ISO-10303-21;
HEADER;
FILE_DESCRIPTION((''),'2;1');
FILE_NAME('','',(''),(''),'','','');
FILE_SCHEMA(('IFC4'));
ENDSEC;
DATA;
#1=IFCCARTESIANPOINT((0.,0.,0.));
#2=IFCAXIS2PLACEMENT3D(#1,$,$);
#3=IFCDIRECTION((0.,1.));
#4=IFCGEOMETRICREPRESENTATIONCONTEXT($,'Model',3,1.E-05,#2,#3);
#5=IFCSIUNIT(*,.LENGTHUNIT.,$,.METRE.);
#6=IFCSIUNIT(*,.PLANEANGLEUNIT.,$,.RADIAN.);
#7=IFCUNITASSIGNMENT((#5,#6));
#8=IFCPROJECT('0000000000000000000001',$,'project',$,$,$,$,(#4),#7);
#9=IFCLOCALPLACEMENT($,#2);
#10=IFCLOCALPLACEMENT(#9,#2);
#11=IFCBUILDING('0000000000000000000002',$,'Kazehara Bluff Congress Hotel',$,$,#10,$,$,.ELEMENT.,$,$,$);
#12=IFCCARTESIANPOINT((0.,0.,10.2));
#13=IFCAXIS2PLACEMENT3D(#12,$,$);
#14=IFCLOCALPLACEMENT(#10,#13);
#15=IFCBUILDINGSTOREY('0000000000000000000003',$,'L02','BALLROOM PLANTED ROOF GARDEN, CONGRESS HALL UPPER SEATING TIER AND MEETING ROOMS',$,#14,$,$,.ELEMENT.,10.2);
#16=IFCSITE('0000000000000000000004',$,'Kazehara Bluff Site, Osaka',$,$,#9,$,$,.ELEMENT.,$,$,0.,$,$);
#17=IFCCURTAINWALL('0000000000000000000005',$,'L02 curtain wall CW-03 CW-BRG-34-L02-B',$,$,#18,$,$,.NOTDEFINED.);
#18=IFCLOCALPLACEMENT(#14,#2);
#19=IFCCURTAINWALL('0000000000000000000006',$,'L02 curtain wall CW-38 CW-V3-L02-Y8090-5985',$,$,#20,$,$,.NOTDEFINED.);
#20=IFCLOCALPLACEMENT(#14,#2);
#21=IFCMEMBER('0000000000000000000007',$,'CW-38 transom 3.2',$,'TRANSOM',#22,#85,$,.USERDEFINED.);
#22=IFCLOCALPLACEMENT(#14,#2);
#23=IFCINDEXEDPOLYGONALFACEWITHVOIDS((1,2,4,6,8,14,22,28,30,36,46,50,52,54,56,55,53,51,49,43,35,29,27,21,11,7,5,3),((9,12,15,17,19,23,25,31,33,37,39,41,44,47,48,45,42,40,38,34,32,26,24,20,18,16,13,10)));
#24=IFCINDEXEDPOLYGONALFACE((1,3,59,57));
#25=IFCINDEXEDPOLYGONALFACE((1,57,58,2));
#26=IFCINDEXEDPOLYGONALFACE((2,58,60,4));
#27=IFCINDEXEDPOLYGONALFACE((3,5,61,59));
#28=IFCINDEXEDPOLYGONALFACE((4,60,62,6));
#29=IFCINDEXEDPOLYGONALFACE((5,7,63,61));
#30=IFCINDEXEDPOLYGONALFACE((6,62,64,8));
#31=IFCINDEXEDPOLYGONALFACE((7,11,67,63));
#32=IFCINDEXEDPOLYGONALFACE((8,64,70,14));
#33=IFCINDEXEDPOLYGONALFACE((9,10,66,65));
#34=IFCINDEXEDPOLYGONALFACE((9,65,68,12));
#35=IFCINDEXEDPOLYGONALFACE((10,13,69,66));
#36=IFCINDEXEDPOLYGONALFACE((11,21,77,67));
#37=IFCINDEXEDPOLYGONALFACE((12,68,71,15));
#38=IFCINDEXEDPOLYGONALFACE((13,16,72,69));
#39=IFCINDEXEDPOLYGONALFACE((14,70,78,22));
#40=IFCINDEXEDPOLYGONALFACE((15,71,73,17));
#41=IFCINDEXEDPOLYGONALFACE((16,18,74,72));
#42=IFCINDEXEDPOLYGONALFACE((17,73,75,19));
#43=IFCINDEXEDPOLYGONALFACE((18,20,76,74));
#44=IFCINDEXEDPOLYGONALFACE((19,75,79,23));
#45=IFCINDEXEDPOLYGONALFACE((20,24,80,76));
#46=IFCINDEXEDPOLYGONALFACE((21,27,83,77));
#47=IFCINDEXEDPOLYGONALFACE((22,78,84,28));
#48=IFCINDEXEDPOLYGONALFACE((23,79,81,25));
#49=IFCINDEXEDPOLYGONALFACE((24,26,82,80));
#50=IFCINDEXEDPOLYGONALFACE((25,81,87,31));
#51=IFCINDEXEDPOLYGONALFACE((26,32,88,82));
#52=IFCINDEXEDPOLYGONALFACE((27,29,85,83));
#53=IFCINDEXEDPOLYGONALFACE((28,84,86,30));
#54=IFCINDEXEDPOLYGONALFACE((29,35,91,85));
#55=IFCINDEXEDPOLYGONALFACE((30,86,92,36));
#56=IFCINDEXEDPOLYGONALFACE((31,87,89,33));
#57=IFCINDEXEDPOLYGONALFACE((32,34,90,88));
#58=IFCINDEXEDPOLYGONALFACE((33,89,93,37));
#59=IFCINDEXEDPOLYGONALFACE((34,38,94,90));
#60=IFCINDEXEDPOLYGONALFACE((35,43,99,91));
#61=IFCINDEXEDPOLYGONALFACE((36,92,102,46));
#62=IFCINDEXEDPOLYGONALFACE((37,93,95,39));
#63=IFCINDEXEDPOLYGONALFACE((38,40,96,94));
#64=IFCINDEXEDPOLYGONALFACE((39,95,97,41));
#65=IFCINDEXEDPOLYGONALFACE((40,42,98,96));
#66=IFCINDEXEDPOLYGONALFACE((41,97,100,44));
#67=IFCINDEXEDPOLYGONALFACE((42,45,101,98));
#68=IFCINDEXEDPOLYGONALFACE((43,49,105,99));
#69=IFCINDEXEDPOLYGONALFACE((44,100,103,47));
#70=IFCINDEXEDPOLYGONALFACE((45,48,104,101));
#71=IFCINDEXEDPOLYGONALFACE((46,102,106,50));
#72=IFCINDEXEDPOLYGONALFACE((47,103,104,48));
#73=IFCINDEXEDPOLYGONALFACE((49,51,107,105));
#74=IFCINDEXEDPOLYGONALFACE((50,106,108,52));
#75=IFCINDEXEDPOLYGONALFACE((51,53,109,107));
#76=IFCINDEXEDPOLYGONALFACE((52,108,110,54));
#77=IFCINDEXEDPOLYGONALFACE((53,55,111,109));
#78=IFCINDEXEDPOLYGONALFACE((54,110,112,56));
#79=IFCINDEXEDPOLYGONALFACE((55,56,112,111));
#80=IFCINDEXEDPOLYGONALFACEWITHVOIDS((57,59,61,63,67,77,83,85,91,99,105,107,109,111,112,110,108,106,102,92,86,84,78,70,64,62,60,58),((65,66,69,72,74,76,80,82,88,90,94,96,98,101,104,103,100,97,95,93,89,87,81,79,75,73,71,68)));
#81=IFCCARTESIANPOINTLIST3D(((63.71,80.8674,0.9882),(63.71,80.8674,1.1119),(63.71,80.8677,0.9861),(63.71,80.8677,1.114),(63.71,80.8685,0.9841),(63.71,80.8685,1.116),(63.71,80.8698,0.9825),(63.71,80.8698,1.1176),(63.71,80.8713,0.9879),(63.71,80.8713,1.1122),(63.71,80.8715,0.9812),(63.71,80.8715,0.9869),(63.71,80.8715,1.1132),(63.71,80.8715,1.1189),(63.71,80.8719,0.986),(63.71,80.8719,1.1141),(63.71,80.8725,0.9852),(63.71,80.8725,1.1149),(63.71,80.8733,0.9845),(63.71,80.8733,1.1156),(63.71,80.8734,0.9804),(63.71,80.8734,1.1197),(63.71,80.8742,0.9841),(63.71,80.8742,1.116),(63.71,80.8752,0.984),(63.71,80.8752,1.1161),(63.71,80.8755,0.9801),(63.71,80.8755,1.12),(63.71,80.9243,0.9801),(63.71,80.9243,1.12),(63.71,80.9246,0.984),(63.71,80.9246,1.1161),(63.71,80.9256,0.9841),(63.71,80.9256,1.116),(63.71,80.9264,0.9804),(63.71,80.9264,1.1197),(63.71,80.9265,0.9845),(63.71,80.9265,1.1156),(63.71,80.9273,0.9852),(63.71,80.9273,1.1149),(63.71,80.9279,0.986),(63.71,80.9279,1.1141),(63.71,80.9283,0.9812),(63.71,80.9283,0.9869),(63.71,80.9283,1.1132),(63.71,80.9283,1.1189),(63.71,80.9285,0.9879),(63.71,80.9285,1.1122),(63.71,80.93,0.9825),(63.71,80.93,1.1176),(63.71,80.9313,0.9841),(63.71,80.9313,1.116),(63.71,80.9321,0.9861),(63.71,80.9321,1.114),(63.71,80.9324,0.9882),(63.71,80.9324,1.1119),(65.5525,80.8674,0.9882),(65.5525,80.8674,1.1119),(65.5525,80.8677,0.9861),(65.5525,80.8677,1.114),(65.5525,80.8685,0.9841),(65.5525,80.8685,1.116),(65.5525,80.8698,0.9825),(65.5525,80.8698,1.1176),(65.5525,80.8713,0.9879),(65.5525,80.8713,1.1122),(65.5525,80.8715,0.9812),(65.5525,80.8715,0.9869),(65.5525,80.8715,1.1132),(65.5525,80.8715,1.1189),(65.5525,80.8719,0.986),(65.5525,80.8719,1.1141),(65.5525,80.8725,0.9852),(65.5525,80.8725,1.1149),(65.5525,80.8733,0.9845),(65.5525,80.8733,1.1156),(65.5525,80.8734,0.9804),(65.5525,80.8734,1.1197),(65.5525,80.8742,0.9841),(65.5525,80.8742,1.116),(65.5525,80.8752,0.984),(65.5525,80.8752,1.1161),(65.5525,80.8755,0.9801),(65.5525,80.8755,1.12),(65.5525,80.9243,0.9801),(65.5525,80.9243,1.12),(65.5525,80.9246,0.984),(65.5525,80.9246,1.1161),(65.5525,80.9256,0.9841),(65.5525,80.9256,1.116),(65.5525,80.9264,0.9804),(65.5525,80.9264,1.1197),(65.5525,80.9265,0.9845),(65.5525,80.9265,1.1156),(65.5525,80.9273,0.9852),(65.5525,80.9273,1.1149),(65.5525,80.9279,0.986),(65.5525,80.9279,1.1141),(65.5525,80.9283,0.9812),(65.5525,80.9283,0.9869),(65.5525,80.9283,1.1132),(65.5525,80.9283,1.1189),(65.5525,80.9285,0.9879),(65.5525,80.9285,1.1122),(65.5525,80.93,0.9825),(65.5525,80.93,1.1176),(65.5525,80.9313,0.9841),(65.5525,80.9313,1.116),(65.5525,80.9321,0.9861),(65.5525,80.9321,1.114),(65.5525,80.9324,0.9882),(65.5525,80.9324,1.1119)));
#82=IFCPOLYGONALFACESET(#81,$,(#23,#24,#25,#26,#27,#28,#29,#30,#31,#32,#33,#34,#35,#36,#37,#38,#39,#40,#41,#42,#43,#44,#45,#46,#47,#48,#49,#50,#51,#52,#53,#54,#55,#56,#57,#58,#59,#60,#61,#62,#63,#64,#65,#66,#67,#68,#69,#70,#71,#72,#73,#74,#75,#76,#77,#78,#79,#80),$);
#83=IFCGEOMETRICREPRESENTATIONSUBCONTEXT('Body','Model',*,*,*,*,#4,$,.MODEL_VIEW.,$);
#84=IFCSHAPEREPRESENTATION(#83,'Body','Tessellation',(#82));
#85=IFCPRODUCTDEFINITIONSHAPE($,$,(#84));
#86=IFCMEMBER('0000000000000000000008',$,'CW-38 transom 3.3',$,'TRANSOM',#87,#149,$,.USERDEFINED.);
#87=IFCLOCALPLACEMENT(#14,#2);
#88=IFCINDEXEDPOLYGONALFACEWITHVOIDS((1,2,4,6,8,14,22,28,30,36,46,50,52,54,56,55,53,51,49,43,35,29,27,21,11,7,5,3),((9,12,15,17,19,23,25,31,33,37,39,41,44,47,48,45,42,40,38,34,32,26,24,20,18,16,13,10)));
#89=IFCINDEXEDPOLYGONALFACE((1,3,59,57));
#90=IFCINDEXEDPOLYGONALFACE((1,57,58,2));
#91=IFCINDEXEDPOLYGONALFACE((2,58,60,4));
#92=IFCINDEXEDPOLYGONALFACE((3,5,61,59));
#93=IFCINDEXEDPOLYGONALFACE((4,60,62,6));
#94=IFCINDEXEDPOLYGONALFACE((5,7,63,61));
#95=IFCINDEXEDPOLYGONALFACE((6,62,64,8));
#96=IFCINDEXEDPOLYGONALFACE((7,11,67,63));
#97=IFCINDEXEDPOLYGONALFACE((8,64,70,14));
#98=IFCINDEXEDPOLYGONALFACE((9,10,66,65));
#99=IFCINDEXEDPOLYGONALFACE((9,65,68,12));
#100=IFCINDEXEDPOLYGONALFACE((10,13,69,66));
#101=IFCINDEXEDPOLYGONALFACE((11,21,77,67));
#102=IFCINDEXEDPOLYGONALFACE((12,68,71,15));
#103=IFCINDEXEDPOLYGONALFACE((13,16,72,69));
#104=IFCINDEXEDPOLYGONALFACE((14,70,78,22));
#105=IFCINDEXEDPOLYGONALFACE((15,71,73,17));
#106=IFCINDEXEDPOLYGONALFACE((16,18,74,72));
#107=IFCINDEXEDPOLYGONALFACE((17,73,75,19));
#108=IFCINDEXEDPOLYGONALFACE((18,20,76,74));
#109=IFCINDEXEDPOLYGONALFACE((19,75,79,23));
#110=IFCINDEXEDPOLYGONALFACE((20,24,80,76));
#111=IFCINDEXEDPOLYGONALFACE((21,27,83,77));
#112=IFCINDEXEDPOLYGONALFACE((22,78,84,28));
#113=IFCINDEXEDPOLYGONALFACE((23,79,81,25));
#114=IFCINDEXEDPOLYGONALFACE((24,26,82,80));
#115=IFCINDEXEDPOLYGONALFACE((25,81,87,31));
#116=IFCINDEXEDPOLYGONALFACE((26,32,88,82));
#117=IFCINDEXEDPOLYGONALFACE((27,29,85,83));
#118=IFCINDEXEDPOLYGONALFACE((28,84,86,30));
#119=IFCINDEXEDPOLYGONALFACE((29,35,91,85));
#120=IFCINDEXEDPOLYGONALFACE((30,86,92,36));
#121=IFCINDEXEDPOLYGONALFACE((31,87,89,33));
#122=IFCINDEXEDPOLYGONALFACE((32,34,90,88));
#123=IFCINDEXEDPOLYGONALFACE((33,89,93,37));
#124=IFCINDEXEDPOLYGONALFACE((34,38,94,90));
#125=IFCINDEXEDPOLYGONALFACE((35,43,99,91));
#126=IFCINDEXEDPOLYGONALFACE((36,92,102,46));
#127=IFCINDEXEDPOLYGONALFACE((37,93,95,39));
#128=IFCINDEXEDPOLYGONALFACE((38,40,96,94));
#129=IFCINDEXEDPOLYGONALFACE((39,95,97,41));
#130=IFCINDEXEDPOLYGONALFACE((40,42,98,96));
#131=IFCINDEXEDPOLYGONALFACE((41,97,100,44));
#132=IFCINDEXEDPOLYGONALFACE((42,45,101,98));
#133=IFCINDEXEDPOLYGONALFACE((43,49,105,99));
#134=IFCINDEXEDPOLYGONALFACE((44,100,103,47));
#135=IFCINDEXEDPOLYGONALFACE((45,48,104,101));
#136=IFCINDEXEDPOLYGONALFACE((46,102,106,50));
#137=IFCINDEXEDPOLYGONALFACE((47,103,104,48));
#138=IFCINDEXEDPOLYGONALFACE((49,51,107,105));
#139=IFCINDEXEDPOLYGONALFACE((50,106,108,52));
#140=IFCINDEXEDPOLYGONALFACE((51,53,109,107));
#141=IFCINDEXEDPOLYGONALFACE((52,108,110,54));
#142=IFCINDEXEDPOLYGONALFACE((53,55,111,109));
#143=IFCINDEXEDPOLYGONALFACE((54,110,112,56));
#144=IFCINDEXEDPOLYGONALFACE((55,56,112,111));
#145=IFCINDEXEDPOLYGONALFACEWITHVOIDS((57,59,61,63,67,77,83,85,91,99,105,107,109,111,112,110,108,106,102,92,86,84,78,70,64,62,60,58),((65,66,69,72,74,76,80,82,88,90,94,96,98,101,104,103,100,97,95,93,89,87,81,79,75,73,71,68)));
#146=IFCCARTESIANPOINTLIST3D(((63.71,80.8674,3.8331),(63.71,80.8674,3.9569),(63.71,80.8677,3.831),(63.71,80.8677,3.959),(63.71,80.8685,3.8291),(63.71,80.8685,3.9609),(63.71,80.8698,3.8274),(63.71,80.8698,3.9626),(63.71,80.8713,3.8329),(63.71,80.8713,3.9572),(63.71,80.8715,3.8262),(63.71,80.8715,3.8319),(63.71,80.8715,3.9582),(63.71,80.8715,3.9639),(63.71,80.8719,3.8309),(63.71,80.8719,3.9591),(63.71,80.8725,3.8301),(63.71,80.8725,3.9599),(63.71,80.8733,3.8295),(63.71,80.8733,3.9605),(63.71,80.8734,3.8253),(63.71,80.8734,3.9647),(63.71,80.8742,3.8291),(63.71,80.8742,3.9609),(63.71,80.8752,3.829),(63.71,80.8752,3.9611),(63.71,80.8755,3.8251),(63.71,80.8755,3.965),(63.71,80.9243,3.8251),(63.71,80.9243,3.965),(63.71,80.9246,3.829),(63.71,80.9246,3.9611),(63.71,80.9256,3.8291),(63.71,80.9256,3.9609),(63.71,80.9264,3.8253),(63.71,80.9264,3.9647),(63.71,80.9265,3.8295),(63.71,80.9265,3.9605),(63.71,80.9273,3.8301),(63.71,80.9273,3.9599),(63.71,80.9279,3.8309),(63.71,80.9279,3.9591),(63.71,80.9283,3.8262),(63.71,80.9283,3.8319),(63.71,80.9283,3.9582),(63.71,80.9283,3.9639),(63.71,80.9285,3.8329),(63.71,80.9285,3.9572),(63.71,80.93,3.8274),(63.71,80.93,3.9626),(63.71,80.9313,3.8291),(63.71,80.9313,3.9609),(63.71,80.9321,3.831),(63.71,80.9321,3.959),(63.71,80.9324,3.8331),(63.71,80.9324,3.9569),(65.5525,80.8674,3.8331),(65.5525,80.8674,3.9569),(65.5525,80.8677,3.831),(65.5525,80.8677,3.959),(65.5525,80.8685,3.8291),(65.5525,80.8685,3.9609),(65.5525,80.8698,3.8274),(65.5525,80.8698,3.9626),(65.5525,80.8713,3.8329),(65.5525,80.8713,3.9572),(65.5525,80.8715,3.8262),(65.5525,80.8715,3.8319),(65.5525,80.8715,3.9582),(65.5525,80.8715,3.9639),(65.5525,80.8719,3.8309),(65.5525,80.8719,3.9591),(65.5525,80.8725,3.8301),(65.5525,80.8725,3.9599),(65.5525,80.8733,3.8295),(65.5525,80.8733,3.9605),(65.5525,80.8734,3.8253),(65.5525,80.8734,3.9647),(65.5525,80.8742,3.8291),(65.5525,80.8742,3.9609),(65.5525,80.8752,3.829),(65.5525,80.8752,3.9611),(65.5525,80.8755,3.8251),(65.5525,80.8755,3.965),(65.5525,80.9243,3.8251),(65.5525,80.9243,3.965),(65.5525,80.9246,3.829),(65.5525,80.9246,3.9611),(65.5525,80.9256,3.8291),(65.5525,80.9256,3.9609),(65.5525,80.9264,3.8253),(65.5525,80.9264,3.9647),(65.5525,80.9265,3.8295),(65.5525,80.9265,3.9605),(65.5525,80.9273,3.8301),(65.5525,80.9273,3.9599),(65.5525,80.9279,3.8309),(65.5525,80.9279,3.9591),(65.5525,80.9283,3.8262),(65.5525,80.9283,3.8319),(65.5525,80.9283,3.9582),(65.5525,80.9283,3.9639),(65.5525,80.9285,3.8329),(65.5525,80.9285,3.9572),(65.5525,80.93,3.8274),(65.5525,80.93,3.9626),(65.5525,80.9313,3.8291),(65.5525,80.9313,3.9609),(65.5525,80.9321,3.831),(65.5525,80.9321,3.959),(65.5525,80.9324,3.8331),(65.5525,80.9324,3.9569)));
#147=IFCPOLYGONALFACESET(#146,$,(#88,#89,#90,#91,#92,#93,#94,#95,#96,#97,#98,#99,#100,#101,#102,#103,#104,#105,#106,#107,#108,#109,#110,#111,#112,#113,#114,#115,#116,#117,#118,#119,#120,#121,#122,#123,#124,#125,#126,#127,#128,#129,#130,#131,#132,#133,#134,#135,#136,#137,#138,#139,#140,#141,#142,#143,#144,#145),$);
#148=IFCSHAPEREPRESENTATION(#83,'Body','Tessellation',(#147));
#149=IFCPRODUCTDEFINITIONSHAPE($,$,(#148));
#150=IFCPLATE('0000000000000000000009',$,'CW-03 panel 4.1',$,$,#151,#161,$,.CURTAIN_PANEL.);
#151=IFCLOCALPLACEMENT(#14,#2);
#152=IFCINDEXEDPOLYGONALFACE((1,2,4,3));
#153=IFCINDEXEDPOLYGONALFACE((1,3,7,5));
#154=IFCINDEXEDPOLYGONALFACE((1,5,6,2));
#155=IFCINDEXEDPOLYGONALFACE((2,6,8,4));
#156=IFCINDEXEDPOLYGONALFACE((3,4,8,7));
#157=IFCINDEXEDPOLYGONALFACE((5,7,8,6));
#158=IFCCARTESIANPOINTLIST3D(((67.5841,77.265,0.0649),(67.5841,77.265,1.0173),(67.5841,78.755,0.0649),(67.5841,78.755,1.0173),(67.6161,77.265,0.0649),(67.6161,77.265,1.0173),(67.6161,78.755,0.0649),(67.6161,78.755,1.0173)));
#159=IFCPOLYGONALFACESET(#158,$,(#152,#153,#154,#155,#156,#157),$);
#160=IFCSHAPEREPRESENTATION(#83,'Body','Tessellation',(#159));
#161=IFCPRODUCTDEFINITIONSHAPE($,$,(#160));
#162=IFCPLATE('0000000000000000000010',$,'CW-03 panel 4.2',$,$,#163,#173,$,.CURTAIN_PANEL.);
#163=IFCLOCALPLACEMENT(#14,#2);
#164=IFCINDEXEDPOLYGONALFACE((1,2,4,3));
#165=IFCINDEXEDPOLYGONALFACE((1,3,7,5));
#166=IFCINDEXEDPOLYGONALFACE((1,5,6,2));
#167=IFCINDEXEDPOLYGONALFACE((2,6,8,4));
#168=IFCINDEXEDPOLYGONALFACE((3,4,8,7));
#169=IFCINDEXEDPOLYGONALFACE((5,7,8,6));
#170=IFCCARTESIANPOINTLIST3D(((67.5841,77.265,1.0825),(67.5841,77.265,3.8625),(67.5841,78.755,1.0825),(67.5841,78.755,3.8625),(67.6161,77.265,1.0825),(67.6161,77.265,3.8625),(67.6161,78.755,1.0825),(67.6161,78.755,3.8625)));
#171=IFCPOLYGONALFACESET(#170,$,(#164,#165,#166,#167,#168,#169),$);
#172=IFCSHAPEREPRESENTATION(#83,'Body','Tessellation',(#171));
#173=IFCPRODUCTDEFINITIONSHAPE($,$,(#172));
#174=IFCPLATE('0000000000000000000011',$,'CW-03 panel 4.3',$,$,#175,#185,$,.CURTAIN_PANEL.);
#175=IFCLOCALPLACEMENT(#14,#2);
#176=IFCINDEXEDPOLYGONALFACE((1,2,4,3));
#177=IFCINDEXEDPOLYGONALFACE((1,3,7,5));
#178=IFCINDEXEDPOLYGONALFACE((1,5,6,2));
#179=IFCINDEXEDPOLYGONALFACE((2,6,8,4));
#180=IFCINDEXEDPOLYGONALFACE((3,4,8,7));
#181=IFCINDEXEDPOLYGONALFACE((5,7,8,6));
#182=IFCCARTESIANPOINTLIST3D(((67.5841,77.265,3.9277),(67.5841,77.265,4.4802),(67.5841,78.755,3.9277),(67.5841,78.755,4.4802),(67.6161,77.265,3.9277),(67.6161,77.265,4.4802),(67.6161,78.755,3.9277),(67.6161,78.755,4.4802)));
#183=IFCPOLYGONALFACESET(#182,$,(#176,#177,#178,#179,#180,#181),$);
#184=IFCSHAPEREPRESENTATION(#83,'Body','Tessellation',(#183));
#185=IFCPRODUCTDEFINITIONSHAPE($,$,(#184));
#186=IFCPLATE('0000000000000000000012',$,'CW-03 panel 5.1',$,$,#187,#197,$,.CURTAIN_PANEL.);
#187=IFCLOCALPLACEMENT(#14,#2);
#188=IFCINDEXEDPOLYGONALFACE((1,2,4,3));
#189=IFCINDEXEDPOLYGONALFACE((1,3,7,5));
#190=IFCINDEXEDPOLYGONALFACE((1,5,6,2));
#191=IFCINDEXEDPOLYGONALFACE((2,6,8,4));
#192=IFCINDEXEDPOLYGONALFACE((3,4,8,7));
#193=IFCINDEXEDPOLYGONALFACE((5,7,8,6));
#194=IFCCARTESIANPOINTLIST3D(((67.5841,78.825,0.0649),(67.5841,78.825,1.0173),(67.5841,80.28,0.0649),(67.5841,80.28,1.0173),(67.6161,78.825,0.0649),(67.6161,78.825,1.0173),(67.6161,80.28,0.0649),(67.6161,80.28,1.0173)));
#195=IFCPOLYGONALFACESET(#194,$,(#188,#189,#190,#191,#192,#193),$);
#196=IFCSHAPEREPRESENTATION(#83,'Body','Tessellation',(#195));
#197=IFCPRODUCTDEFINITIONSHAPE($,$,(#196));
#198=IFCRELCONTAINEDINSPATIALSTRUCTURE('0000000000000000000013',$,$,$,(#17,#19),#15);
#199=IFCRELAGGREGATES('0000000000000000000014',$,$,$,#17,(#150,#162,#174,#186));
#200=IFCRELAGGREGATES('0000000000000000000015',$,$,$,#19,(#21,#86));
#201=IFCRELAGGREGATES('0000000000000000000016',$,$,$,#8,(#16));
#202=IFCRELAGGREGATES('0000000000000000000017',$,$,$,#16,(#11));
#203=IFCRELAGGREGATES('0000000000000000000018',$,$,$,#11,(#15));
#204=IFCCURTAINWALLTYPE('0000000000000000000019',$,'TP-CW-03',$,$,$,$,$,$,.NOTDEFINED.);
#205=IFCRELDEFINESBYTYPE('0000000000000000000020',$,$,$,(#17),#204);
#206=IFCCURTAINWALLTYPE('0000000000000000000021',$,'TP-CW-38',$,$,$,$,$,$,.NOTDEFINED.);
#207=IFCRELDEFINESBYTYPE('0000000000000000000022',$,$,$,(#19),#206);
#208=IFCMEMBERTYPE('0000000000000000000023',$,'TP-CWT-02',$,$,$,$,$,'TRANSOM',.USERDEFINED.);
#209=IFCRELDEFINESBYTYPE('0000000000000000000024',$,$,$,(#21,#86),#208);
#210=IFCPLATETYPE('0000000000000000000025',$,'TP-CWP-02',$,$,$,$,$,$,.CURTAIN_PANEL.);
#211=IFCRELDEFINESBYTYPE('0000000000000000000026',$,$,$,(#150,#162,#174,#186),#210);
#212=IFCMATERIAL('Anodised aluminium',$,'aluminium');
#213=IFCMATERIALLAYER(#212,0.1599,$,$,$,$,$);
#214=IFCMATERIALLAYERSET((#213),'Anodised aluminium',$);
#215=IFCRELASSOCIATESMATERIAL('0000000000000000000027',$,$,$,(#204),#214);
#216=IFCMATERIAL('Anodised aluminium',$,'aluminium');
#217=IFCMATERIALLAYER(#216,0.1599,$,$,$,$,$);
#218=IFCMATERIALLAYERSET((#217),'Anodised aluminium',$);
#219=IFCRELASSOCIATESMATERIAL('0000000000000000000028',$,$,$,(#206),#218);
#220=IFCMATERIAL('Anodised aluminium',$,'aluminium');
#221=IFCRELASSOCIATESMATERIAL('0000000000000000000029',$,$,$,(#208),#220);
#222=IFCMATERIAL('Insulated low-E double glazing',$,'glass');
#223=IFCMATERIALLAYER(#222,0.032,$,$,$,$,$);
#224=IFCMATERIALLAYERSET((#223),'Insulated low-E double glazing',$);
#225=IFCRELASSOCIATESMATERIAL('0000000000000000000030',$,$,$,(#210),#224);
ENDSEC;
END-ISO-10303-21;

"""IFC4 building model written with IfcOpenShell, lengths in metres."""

from ifc_helpers import new_model, si_unit, direction, frame, origin, origin_2d, place, context, subcontext, project, spatial, rectangle, hollow_rectangle, extrude, material, layer, layer_set, material_profile, profile_set, type_object, element, aggregate, save


model = new_model("IFC4")

# Units and contexts
model_context = context("Model", 3, precision=1e-05, world=origin(), true_north=direction((0.0, 1.0)))
body_context = subcontext(model_context, "Body", "Model", "MODEL_VIEW")
ifc_project = project(units=[si_unit("LENGTHUNIT", "METRE"), si_unit("PLANEANGLEUNIT", "RADIAN")], contexts=[model_context])

# Site, building, storey
site_placement = place(None, origin())
site = spatial("IfcSite", under=ifc_project, at=site_placement, Name="Kazehara Bluff Site, Osaka", CompositionType="ELEMENT", RefElevation=0.0)
building_placement = place(site_placement, origin())
building = spatial("IfcBuilding", under=site, at=building_placement, Name="Kazehara Bluff Congress Hotel", CompositionType="ELEMENT")
storey_placement = place(building_placement, frame((0.0, 0.0, 10.2)))
storey = spatial("IfcBuildingStorey", under=building, at=storey_placement, Name="L02", Description="BALLROOM PLANTED ROOF GARDEN, CONGRESS HALL UPPER SEATING TIER AND MEETING ROOMS", CompositionType="ELEMENT", Elevation=10.2)

# Curtain wall
ifc_material_1 = material(Name="Anodised aluminium", Category="aluminium")
ifc_layer_1 = layer(ifc_material_1, 0.1599)
ifc_layer_set_1 = layer_set([ifc_layer_1], Name="Anodised aluminium")
curtain_wall_type_1 = type_object("IfcCurtainWallType", Name="TP-CW-03", PredefinedType="NOTDEFINED", material=ifc_layer_set_1)
curtain_wall_1_placement = place(storey_placement, origin())
curtain_wall_1 = element("IfcCurtainWall", 1, at=curtain_wall_1_placement, inside=storey, type_object=curtain_wall_type_1, Name="L02 curtain wall CW-03 CW-BRG-34-L02-B", PredefinedType="NOTDEFINED")

# Curtain wall
ifc_material_2 = material(Name="Anodised aluminium", Category="aluminium")
ifc_layer_2 = layer(ifc_material_2, 0.1599)
ifc_layer_set_2 = layer_set([ifc_layer_2], Name="Anodised aluminium")
curtain_wall_type_2 = type_object("IfcCurtainWallType", Name="TP-CW-38", PredefinedType="NOTDEFINED", material=ifc_layer_set_2)
curtain_wall_2_placement = place(storey_placement, origin())
curtain_wall_2 = element("IfcCurtainWall", 2, at=curtain_wall_2_placement, inside=storey, type_object=curtain_wall_type_2, Name="L02 curtain wall CW-38 CW-V3-L02-Y8090-5985", PredefinedType="NOTDEFINED")

# Members
ifc_material_3 = material(Name="Anodised aluminium", Category="aluminium")
ifc_material_profile_1 = material_profile(ifc_material_3, hollow_rectangle(XDim=0.0649, YDim=0.1399, WallThickness=0.0039, InnerFilletRadius=0.0039, OuterFilletRadius=0.0081, at=origin_2d()))
ifc_profile_set_1 = profile_set([ifc_material_profile_1], Name="Anodised aluminium")
member_type_1 = type_object("IfcMemberType", Name="TP-CWT-02", ElementType="TRANSOM", PredefinedType="USERDEFINED", material=ifc_profile_set_1)
member_1_placement = place(storey_placement, frame((63.71, 80.8999, 1.05), z_axis=(1.0, 0.0, 0.0), x_axis=(0.0, 1.0, 0.0)))
member_1 = element("IfcMember", 3, at=member_1_placement, type_object=member_type_1, Name="CW-38 transom 3.2", ObjectType="TRANSOM", PredefinedType="USERDEFINED", context=body_context, shape_type="SweptSolid", body=[
    extrude(hollow_rectangle(XDim=0.0649, YDim=0.1399, WallThickness=0.0039, InnerFilletRadius=0.0039, OuterFilletRadius=0.0081, at=origin_2d()), origin(), (0.0, 0.0, 1.0), 1.8425),
])
member_2_placement = place(storey_placement, frame((63.71, 80.8999, 3.895), z_axis=(1.0, 0.0, 0.0), x_axis=(0.0, 1.0, 0.0)))
member_2 = element("IfcMember", 4, at=member_2_placement, type_object=member_type_1, Name="CW-38 transom 3.3", ObjectType="TRANSOM", PredefinedType="USERDEFINED", context=body_context, shape_type="SweptSolid", body=[
    extrude(hollow_rectangle(XDim=0.0649, YDim=0.1399, WallThickness=0.0039, InnerFilletRadius=0.0039, OuterFilletRadius=0.0081, at=origin_2d()), origin(), (0.0, 0.0, 1.0), 1.8425),
])

# Plates
ifc_material_4 = material(Name="Insulated low-E double glazing", Category="glass")
ifc_layer_3 = layer(ifc_material_4, 0.032)
ifc_layer_set_3 = layer_set([ifc_layer_3], Name="Insulated low-E double glazing")
plate_type = type_object("IfcPlateType", Name="TP-CWP-02", PredefinedType="CURTAIN_PANEL", material=ifc_layer_set_3)
plate_1_placement = place(storey_placement, frame((67.6001, 78.01, 0.0649), z_axis=(0.0, 0.0, 1.0), x_axis=(0.0, 1.0, 0.0)))
plate_1 = element("IfcPlate", 5, at=plate_1_placement, type_object=plate_type, Name="CW-03 panel 4.1", PredefinedType="CURTAIN_PANEL", context=body_context, shape_type="SweptSolid", body=[
    extrude(rectangle(XDim=1.49, YDim=0.032, at=origin_2d()), origin(), (0.0, 0.0, 1.0), 0.9524),
])
plate_2_placement = place(storey_placement, frame((67.6001, 78.01, 1.0825), z_axis=(0.0, 0.0, 1.0), x_axis=(0.0, 1.0, 0.0)))
plate_2 = element("IfcPlate", 6, at=plate_2_placement, type_object=plate_type, Name="CW-03 panel 4.2", PredefinedType="CURTAIN_PANEL", context=body_context, shape_type="SweptSolid", body=[
    extrude(rectangle(XDim=1.49, YDim=0.032, at=origin_2d()), origin(), (0.0, 0.0, 1.0), 2.78),
])
plate_3_placement = place(storey_placement, frame((67.6001, 78.01, 3.9277), z_axis=(0.0, 0.0, 1.0), x_axis=(0.0, 1.0, 0.0)))
plate_3 = element("IfcPlate", 7, at=plate_3_placement, type_object=plate_type, Name="CW-03 panel 4.3", PredefinedType="CURTAIN_PANEL", context=body_context, shape_type="SweptSolid", body=[
    extrude(rectangle(XDim=1.49, YDim=0.032, at=origin_2d()), origin(), (0.0, 0.0, 1.0), 0.5525),
])
plate_4_placement = place(storey_placement, frame((67.6001, 79.5525, 0.0649), z_axis=(0.0, 0.0, 1.0), x_axis=(0.0, 1.0, 0.0)))
plate_4 = element("IfcPlate", 8, at=plate_4_placement, type_object=plate_type, Name="CW-03 panel 5.1", PredefinedType="CURTAIN_PANEL", context=body_context, shape_type="SweptSolid", body=[
    extrude(rectangle(XDim=1.4551, YDim=0.032, at=origin_2d()), origin(), (0.0, 0.0, 1.0), 0.9524),
])
aggregate(curtain_wall_1, [plate_1, plate_2, plate_3, plate_4])
aggregate(curtain_wall_2, [member_1, member_2])

save(model, "model.ifc")
